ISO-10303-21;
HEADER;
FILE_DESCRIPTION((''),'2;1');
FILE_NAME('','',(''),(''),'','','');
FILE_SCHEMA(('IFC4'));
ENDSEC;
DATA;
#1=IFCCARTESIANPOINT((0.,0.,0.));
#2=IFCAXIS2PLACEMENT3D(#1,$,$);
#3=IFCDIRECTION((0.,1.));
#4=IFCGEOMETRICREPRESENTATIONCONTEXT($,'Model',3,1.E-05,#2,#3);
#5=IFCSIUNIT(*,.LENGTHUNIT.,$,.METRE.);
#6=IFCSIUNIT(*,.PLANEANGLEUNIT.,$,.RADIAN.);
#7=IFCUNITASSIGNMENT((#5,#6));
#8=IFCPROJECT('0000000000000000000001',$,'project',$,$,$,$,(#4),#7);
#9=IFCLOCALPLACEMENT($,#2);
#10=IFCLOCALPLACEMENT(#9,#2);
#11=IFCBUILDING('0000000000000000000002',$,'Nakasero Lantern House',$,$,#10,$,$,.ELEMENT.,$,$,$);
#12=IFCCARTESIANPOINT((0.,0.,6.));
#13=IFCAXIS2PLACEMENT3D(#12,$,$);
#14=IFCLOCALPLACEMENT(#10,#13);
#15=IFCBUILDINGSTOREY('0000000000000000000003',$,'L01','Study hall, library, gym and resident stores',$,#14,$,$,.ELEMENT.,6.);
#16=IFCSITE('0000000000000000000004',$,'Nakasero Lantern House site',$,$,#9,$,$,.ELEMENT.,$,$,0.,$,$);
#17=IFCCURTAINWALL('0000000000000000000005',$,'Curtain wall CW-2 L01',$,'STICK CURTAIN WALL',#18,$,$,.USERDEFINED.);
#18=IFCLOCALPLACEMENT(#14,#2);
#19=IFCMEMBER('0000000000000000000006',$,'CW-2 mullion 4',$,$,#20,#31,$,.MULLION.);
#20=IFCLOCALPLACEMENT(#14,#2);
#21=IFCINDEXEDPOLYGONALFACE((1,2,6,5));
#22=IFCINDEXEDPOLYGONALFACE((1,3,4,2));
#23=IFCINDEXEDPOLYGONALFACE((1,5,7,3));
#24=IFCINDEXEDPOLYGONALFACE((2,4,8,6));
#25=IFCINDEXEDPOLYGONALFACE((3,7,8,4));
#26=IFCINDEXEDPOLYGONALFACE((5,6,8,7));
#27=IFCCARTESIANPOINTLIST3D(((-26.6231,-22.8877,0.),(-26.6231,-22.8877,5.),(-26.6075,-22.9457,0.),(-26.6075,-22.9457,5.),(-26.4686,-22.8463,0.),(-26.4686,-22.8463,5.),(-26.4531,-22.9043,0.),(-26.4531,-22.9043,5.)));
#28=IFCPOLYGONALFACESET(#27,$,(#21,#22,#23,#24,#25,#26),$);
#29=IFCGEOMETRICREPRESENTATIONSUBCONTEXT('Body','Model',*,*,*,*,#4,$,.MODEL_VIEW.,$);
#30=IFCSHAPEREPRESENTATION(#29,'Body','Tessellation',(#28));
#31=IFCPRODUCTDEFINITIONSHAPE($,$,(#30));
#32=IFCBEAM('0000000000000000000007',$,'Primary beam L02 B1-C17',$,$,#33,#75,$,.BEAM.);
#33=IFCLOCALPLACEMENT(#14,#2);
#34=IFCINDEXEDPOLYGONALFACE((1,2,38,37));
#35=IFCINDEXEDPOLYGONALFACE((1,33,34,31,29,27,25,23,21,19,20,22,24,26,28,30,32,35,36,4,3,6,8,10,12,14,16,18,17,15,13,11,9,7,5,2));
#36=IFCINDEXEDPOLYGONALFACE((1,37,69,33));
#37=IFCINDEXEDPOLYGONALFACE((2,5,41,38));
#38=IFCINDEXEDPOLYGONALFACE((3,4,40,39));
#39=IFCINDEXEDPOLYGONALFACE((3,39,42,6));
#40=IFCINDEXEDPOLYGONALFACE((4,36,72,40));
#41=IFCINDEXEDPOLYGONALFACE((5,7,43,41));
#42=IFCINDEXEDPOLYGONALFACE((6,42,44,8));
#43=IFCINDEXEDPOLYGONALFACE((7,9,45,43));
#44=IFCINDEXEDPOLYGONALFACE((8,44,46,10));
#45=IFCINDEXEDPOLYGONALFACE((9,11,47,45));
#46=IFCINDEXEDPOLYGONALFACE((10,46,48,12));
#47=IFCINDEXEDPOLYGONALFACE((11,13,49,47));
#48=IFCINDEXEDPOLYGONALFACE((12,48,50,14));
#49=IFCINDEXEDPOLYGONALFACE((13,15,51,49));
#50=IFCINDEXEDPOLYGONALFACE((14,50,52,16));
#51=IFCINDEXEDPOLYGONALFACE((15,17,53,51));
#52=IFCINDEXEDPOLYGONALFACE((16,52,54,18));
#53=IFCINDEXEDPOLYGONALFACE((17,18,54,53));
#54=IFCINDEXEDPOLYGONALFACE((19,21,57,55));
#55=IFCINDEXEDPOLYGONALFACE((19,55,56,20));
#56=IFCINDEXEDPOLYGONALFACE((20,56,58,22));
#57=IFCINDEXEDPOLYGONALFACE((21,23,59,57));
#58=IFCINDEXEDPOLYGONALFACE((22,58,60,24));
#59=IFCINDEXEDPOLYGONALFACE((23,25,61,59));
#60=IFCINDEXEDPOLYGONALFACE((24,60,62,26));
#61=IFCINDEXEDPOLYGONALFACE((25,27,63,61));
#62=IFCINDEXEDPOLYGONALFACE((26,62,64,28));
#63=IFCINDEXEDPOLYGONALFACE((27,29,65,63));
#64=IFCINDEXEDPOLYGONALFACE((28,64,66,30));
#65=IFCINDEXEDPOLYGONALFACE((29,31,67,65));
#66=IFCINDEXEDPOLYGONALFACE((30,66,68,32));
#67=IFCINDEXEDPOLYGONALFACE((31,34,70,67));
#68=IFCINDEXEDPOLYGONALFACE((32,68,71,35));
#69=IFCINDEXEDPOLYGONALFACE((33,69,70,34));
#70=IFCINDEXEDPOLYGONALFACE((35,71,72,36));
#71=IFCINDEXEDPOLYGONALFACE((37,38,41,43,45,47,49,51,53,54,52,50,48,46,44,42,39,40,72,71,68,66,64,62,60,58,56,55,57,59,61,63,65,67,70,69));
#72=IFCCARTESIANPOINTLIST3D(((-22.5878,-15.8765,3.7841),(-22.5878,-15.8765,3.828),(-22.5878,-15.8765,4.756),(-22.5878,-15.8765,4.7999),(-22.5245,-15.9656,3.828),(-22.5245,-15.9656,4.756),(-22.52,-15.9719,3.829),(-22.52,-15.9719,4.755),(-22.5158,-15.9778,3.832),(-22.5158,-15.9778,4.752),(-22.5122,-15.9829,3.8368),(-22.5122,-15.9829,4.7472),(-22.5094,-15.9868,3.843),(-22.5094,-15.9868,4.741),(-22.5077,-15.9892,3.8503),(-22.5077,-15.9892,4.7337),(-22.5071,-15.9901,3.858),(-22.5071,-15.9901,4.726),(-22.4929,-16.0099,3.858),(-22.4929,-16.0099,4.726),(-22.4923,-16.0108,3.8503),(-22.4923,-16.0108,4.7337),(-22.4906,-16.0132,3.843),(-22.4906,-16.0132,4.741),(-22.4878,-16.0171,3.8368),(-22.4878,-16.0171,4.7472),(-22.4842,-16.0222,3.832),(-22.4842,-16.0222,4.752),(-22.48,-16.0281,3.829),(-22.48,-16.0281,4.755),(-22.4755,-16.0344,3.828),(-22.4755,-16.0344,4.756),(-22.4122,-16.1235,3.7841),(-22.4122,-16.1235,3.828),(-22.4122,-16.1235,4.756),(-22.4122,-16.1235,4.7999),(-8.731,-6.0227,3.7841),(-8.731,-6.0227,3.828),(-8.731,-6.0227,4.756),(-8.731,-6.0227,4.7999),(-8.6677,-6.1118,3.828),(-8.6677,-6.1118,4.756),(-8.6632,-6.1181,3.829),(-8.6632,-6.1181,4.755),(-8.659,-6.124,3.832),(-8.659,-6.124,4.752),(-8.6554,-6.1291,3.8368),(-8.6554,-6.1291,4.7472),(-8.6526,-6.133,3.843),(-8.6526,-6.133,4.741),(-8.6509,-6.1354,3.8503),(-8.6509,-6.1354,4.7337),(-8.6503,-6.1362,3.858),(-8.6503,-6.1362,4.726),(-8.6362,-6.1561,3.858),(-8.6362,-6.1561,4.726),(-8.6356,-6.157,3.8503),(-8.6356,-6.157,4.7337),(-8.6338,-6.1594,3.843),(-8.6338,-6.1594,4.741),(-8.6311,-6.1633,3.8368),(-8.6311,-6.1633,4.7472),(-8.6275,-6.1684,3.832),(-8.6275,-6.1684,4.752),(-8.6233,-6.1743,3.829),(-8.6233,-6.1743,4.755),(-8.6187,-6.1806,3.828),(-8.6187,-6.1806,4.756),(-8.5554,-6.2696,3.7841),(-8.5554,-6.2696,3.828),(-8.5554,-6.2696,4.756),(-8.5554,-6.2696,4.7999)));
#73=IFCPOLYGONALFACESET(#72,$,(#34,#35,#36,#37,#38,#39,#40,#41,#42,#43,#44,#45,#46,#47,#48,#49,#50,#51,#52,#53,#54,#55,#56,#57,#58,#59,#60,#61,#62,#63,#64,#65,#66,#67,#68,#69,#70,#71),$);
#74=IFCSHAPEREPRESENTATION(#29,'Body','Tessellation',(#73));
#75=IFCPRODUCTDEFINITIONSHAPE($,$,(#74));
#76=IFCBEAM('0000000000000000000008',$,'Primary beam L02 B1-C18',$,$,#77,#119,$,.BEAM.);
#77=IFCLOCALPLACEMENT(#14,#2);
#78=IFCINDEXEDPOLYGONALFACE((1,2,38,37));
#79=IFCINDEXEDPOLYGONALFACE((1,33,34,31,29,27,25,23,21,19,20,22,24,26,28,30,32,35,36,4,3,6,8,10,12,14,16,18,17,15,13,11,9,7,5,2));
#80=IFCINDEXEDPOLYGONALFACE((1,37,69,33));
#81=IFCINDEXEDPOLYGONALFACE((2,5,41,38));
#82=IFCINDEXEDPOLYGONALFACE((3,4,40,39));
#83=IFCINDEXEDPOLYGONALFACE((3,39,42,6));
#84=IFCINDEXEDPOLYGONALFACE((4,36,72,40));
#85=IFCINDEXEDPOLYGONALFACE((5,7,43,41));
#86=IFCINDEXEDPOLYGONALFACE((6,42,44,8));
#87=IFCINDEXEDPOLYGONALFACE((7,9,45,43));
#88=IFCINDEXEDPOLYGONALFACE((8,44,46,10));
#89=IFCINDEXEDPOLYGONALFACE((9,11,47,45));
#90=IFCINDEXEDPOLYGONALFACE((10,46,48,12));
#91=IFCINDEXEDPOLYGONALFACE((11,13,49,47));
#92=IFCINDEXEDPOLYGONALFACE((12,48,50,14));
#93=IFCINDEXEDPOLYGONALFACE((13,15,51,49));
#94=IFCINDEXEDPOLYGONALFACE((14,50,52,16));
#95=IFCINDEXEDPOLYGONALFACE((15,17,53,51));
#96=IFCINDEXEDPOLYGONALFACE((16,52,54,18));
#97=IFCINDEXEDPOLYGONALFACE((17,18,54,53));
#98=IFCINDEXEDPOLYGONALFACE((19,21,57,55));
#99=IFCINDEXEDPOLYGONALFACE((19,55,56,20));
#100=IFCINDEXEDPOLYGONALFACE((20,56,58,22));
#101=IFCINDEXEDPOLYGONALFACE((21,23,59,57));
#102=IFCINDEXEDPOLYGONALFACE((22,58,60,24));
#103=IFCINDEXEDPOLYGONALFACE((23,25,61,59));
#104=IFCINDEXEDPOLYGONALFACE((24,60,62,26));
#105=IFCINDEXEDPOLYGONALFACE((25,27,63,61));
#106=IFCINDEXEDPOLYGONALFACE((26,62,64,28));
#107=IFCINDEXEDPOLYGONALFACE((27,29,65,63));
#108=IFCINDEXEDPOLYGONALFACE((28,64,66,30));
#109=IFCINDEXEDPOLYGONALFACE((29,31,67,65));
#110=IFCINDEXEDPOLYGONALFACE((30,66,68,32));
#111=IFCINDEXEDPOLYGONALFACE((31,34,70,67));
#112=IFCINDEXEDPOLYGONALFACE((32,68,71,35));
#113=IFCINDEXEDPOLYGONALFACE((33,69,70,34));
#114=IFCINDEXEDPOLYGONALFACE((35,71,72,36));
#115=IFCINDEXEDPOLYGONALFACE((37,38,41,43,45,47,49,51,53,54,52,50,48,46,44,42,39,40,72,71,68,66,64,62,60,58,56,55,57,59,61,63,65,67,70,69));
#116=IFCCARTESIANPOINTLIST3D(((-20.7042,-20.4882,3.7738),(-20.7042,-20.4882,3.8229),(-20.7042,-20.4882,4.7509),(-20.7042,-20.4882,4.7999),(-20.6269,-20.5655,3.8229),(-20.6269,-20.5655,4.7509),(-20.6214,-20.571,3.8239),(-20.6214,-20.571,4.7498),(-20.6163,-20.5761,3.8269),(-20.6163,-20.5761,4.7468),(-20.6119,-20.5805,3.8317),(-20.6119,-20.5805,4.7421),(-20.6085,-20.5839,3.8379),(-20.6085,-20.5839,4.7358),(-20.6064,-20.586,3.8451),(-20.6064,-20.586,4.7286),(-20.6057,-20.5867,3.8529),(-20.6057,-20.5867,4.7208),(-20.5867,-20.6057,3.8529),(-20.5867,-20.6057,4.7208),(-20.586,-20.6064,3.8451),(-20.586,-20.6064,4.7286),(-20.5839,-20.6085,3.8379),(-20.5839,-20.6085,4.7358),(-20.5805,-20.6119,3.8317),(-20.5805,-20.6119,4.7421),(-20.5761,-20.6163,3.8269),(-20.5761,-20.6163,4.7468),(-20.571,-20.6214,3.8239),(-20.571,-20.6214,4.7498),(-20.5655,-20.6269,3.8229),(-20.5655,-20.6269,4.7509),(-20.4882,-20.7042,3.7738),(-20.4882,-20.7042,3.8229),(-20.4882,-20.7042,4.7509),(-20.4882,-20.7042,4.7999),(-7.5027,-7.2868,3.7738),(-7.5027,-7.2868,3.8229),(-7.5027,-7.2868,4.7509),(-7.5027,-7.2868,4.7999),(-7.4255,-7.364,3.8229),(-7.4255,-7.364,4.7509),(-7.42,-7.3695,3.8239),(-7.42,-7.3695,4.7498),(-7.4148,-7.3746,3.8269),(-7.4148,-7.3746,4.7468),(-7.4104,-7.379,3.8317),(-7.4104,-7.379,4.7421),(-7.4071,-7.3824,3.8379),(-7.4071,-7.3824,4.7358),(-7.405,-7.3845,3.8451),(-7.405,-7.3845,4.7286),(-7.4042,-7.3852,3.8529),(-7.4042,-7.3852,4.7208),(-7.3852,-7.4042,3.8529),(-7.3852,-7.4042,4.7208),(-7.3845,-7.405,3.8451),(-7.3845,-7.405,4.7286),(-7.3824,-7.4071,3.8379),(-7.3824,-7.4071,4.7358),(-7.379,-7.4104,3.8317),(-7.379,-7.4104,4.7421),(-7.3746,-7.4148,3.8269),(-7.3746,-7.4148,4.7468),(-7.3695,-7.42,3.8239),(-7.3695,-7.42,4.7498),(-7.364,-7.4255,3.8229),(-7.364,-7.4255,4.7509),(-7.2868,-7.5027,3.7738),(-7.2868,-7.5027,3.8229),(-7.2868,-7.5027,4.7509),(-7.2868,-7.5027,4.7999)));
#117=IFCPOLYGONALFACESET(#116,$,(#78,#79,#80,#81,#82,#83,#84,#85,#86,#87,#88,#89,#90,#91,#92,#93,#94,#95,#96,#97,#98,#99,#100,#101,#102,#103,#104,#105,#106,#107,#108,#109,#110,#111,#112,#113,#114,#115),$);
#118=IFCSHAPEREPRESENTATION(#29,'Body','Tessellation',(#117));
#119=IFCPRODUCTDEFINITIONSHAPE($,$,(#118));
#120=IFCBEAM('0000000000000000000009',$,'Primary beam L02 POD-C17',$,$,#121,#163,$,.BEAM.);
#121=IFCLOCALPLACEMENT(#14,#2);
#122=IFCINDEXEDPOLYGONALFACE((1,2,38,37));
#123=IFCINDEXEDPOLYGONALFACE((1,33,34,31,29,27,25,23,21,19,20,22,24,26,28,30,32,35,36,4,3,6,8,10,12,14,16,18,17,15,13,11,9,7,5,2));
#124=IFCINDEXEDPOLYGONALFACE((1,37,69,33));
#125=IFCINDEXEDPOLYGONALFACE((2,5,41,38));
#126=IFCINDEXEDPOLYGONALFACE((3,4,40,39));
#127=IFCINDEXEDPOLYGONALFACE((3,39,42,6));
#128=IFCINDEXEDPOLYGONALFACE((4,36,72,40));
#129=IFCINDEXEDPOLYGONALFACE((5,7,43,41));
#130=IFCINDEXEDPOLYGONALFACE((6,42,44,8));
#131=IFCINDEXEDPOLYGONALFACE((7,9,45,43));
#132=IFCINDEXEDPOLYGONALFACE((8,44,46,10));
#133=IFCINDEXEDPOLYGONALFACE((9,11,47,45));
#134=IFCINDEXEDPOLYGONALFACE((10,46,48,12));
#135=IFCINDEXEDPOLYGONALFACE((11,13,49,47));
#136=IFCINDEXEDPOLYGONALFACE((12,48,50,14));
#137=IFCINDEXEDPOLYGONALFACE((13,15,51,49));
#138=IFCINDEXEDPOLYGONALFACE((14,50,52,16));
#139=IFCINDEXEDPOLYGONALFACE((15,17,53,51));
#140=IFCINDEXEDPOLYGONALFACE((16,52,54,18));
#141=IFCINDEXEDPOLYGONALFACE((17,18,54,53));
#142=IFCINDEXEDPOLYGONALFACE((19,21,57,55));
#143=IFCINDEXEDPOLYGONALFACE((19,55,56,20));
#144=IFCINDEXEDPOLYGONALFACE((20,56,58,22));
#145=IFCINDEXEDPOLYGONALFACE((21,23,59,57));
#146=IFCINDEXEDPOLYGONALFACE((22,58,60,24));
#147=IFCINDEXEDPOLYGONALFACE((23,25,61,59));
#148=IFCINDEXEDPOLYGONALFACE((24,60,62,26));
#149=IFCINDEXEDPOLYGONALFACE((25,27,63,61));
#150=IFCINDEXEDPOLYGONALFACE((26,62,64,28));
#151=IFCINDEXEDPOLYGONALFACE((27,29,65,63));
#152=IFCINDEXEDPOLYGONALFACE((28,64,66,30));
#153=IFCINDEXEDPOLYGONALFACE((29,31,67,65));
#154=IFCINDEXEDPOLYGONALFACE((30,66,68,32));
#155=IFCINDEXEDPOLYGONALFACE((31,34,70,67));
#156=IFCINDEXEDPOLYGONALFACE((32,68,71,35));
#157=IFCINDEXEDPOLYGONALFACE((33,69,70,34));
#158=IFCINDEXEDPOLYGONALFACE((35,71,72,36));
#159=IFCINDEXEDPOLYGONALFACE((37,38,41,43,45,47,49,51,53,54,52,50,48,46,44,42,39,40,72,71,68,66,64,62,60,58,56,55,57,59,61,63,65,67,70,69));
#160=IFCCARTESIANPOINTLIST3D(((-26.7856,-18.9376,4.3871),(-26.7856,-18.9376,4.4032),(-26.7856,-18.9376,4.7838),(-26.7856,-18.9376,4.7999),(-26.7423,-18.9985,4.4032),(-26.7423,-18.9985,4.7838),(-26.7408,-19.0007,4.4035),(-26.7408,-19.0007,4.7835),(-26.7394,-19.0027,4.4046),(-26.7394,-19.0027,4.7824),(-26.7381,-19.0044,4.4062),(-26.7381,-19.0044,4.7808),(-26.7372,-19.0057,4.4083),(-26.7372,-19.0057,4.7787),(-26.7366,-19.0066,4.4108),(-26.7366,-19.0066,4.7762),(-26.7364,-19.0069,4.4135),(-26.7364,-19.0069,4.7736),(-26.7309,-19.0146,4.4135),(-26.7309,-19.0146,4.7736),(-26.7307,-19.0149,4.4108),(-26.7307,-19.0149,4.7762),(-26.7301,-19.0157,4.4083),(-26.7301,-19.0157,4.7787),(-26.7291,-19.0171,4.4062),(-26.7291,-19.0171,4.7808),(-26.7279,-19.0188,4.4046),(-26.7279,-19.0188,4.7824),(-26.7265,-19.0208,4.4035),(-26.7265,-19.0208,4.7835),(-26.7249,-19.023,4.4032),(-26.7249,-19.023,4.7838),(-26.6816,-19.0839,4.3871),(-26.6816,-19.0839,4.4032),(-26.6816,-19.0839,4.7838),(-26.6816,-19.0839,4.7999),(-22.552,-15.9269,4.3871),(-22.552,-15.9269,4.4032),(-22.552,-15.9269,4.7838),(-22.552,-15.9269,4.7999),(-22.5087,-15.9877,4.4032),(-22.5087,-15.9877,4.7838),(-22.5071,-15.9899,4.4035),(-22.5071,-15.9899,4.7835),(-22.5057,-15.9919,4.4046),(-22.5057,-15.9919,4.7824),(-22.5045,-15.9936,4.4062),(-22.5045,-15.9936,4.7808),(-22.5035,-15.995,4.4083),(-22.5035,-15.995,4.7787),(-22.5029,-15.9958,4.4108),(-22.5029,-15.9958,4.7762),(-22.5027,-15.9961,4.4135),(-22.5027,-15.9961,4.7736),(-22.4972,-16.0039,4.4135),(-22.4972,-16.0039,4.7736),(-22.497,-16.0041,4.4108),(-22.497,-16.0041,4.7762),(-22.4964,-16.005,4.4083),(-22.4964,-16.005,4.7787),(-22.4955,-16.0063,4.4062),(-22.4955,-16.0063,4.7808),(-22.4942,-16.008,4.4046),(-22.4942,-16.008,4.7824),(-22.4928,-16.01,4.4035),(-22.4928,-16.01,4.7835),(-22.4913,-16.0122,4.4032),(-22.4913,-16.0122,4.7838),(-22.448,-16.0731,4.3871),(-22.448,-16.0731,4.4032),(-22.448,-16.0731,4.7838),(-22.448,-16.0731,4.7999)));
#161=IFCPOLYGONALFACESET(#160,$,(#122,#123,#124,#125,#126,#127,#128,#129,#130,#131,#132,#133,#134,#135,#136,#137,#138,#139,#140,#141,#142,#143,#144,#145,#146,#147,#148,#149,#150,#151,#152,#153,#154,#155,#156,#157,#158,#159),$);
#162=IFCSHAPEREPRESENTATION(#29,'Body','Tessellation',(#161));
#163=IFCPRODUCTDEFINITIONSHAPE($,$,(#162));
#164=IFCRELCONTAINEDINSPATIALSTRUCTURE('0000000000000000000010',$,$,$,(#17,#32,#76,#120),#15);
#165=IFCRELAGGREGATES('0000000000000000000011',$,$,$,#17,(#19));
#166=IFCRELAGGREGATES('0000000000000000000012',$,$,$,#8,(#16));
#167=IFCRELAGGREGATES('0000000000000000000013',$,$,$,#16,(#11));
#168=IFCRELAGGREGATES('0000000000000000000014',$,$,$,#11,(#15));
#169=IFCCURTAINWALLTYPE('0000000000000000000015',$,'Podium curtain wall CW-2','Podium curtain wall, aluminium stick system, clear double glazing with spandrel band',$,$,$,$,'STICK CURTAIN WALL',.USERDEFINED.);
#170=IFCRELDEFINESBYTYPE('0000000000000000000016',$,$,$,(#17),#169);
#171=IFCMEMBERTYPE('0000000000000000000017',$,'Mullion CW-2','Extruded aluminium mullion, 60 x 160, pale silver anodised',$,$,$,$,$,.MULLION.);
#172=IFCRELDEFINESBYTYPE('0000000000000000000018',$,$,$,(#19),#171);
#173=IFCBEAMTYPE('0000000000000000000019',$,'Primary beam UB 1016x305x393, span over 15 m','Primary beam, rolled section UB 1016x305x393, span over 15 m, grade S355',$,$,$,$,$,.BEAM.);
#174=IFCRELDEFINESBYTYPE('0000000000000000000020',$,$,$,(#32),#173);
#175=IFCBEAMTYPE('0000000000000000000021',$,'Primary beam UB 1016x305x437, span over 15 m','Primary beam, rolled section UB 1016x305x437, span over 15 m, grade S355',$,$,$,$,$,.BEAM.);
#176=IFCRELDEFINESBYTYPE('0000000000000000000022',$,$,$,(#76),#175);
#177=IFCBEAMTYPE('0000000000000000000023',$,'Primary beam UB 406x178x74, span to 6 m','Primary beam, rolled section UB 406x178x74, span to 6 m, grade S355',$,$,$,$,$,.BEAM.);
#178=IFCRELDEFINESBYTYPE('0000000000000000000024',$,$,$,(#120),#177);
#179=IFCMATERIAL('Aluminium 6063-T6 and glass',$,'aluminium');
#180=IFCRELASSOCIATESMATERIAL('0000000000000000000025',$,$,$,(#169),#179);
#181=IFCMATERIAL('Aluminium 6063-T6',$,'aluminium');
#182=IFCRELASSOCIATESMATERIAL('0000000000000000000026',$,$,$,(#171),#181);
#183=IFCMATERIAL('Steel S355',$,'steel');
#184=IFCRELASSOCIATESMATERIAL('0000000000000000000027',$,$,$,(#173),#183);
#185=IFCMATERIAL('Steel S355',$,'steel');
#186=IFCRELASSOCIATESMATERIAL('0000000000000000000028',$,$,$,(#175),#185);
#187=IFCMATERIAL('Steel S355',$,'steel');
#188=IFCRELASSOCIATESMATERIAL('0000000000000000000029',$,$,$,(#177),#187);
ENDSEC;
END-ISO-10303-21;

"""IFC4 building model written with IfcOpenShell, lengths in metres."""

from ifc_helpers import new_model, si_unit, direction, frame, origin, origin_2d, place, context, subcontext, project, spatial, rectangle, i_section, extrude, material, material_profile, profile_set, type_object, element, aggregate, save


model = new_model("IFC4")

# Units and contexts
model_context = context("Model", 3, precision=1e-05, world=origin(), true_north=direction((0.0, 1.0)))
body_context = subcontext(model_context, "Body", "Model", "MODEL_VIEW")
ifc_project = project(units=[si_unit("LENGTHUNIT", "METRE"), si_unit("PLANEANGLEUNIT", "RADIAN")], contexts=[model_context])

# Site, building, storey
site_placement = place(None, origin())
site = spatial("IfcSite", under=ifc_project, at=site_placement, Name="Nakasero Lantern House site", CompositionType="ELEMENT", RefElevation=0.0)
building_placement = place(site_placement, origin())
building = spatial("IfcBuilding", under=site, at=building_placement, Name="Nakasero Lantern House", CompositionType="ELEMENT")
storey_placement = place(building_placement, frame((0.0, 0.0, 6.0)))
storey = spatial("IfcBuildingStorey", under=building, at=storey_placement, Name="L01", Description="Study hall, library, gym and resident stores", CompositionType="ELEMENT", Elevation=6.0)

# Curtain wall, member
ifc_material_1 = material(Name="Aluminium 6063-T6 and glass", Category="aluminium")
curtain_wall_type = type_object("IfcCurtainWallType", Name="Podium curtain wall CW-2", Description="Podium curtain wall, aluminium stick system, clear double glazing with spandrel band", ElementType="STICK CURTAIN WALL", PredefinedType="USERDEFINED", material=ifc_material_1)
curtain_wall_placement = place(storey_placement, origin())
curtain_wall = element("IfcCurtainWall", 1, at=curtain_wall_placement, inside=storey, type_object=curtain_wall_type, Name="Curtain wall CW-2 L01", ObjectType="STICK CURTAIN WALL", PredefinedType="USERDEFINED")
ifc_material_2 = material(Name="Aluminium 6063-T6", Category="aluminium")
ifc_material_profile_1 = material_profile(ifc_material_2, rectangle(XDim=0.0601, YDim=0.1599, at=origin_2d()), Name="CW-2 mullion 60x160")
ifc_profile_set_1 = profile_set([ifc_material_profile_1], Name="Aluminium 6063-T6")
member_type_1 = type_object("IfcMemberType", Name="Mullion CW-2", Description="Extruded aluminium mullion, 60 x 160, pale silver anodised", PredefinedType="MULLION", material=ifc_profile_set_1)
member_1_placement = place(storey_placement, frame((-26.5381, -22.896, 0.0), z_axis=(0.0, 0.0, 1.0), x_axis=(0.258819, -0.965926, 0.0)))
member_1 = element("IfcMember", 2, at=member_1_placement, type_object=member_type_1, Name="CW-2 mullion 4", PredefinedType="MULLION", context=body_context, shape_type="SweptSolid", body=[
    extrude(rectangle(XDim=0.0601, YDim=0.1599, at=origin_2d()), origin(), (0.0, 0.0, 1.0), 5.0),
])

# Beams
ifc_material_3 = material(Name="Steel S355", Category="steel")
ifc_material_profile_2 = material_profile(ifc_material_3, i_section(OverallWidth=0.303, OverallDepth=1.0159, WebThickness=0.0244, FlangeThickness=0.0439, FilletRadius=0.03, at=origin_2d()), Name="UB 1016x305x393")
ifc_profile_set_2 = profile_set([ifc_material_profile_2], Name="Steel S355")
beam_type_1 = type_object("IfcBeamType", Name="Primary beam UB 1016x305x393, span over 15 m", Description="Primary beam, rolled section UB 1016x305x393, span over 15 m, grade S355", PredefinedType="BEAM", material=ifc_profile_set_2)
beam_1_placement = place(storey_placement, frame((-22.5, -16.0, 4.292), z_axis=(0.814952, 0.579528, 0.0), x_axis=(-0.579528, 0.814952, 0.0)))
element("IfcBeam", 3, at=beam_1_placement, inside=storey, type_object=beam_type_1, Name="Primary beam L02 B1-C17", PredefinedType="BEAM", context=body_context, shape_type="SweptSolid", body=[
    extrude(i_section(OverallWidth=0.303, OverallDepth=1.0159, WebThickness=0.0244, FlangeThickness=0.0439, FilletRadius=0.03, at=origin_2d()), origin(), (0.0, 0.0, 1.0), 17.0032),
])
ifc_material_4 = material(Name="Steel S355", Category="steel")
ifc_material_profile_3 = material_profile(ifc_material_4, i_section(OverallWidth=0.3054, OverallDepth=1.0261, WebThickness=0.0269, FlangeThickness=0.0491, FilletRadius=0.03, at=origin_2d()), Name="UB 1016x305x437")
ifc_profile_set_3 = profile_set([ifc_material_profile_3], Name="Steel S355")
beam_type_2 = type_object("IfcBeamType", Name="Primary beam UB 1016x305x437, span over 15 m", Description="Primary beam, rolled section UB 1016x305x437, span over 15 m, grade S355", PredefinedType="BEAM", material=ifc_profile_set_3)
beam_2_placement = place(storey_placement, frame((-20.5962, -20.5962, 4.2869), z_axis=(0.707107, 0.707107, 0.0), x_axis=(-0.707107, 0.707107, 0.0)))
element("IfcBeam", 4, at=beam_2_placement, inside=storey, type_object=beam_type_2, Name="Primary beam L02 B1-C18", PredefinedType="BEAM", context=body_context, shape_type="SweptSolid", body=[
    extrude(i_section(OverallWidth=0.3054, OverallDepth=1.0261, WebThickness=0.0269, FlangeThickness=0.0491, FilletRadius=0.03, at=origin_2d()), origin(), (0.0, 0.0, 1.0), 18.6697),
])
ifc_material_5 = material(Name="Steel S355", Category="steel")
ifc_material_profile_4 = material_profile(ifc_material_5, i_section(OverallWidth=0.1794, OverallDepth=0.4128, WebThickness=0.0095, FlangeThickness=0.0161, FilletRadius=0.0103, at=origin_2d()), Name="UB 406x178x74")
ifc_profile_set_4 = profile_set([ifc_material_profile_4], Name="Steel S355")
beam_type_3 = type_object("IfcBeamType", Name="Primary beam UB 406x178x74, span to 6 m", Description="Primary beam, rolled section UB 406x178x74, span to 6 m, grade S355", PredefinedType="BEAM", material=ifc_profile_set_4)
beam_3_placement = place(storey_placement, frame((-26.7336, -19.0107, 4.5935), z_axis=(0.814942, 0.579543, 0.0), x_axis=(-0.579543, 0.814942, 0.0)))
element("IfcBeam", 5, at=beam_3_placement, inside=storey, type_object=beam_type_3, Name="Primary beam L02 POD-C17", PredefinedType="BEAM", context=body_context, shape_type="SweptSolid", body=[
    extrude(i_section(OverallWidth=0.1794, OverallDepth=0.4128, WebThickness=0.0095, FlangeThickness=0.0161, FilletRadius=0.0103, at=origin_2d()), origin(), (0.0, 0.0, 1.0), 5.1951),
])

aggregate(curtain_wall, [member_1])

save(model, "model.ifc")
